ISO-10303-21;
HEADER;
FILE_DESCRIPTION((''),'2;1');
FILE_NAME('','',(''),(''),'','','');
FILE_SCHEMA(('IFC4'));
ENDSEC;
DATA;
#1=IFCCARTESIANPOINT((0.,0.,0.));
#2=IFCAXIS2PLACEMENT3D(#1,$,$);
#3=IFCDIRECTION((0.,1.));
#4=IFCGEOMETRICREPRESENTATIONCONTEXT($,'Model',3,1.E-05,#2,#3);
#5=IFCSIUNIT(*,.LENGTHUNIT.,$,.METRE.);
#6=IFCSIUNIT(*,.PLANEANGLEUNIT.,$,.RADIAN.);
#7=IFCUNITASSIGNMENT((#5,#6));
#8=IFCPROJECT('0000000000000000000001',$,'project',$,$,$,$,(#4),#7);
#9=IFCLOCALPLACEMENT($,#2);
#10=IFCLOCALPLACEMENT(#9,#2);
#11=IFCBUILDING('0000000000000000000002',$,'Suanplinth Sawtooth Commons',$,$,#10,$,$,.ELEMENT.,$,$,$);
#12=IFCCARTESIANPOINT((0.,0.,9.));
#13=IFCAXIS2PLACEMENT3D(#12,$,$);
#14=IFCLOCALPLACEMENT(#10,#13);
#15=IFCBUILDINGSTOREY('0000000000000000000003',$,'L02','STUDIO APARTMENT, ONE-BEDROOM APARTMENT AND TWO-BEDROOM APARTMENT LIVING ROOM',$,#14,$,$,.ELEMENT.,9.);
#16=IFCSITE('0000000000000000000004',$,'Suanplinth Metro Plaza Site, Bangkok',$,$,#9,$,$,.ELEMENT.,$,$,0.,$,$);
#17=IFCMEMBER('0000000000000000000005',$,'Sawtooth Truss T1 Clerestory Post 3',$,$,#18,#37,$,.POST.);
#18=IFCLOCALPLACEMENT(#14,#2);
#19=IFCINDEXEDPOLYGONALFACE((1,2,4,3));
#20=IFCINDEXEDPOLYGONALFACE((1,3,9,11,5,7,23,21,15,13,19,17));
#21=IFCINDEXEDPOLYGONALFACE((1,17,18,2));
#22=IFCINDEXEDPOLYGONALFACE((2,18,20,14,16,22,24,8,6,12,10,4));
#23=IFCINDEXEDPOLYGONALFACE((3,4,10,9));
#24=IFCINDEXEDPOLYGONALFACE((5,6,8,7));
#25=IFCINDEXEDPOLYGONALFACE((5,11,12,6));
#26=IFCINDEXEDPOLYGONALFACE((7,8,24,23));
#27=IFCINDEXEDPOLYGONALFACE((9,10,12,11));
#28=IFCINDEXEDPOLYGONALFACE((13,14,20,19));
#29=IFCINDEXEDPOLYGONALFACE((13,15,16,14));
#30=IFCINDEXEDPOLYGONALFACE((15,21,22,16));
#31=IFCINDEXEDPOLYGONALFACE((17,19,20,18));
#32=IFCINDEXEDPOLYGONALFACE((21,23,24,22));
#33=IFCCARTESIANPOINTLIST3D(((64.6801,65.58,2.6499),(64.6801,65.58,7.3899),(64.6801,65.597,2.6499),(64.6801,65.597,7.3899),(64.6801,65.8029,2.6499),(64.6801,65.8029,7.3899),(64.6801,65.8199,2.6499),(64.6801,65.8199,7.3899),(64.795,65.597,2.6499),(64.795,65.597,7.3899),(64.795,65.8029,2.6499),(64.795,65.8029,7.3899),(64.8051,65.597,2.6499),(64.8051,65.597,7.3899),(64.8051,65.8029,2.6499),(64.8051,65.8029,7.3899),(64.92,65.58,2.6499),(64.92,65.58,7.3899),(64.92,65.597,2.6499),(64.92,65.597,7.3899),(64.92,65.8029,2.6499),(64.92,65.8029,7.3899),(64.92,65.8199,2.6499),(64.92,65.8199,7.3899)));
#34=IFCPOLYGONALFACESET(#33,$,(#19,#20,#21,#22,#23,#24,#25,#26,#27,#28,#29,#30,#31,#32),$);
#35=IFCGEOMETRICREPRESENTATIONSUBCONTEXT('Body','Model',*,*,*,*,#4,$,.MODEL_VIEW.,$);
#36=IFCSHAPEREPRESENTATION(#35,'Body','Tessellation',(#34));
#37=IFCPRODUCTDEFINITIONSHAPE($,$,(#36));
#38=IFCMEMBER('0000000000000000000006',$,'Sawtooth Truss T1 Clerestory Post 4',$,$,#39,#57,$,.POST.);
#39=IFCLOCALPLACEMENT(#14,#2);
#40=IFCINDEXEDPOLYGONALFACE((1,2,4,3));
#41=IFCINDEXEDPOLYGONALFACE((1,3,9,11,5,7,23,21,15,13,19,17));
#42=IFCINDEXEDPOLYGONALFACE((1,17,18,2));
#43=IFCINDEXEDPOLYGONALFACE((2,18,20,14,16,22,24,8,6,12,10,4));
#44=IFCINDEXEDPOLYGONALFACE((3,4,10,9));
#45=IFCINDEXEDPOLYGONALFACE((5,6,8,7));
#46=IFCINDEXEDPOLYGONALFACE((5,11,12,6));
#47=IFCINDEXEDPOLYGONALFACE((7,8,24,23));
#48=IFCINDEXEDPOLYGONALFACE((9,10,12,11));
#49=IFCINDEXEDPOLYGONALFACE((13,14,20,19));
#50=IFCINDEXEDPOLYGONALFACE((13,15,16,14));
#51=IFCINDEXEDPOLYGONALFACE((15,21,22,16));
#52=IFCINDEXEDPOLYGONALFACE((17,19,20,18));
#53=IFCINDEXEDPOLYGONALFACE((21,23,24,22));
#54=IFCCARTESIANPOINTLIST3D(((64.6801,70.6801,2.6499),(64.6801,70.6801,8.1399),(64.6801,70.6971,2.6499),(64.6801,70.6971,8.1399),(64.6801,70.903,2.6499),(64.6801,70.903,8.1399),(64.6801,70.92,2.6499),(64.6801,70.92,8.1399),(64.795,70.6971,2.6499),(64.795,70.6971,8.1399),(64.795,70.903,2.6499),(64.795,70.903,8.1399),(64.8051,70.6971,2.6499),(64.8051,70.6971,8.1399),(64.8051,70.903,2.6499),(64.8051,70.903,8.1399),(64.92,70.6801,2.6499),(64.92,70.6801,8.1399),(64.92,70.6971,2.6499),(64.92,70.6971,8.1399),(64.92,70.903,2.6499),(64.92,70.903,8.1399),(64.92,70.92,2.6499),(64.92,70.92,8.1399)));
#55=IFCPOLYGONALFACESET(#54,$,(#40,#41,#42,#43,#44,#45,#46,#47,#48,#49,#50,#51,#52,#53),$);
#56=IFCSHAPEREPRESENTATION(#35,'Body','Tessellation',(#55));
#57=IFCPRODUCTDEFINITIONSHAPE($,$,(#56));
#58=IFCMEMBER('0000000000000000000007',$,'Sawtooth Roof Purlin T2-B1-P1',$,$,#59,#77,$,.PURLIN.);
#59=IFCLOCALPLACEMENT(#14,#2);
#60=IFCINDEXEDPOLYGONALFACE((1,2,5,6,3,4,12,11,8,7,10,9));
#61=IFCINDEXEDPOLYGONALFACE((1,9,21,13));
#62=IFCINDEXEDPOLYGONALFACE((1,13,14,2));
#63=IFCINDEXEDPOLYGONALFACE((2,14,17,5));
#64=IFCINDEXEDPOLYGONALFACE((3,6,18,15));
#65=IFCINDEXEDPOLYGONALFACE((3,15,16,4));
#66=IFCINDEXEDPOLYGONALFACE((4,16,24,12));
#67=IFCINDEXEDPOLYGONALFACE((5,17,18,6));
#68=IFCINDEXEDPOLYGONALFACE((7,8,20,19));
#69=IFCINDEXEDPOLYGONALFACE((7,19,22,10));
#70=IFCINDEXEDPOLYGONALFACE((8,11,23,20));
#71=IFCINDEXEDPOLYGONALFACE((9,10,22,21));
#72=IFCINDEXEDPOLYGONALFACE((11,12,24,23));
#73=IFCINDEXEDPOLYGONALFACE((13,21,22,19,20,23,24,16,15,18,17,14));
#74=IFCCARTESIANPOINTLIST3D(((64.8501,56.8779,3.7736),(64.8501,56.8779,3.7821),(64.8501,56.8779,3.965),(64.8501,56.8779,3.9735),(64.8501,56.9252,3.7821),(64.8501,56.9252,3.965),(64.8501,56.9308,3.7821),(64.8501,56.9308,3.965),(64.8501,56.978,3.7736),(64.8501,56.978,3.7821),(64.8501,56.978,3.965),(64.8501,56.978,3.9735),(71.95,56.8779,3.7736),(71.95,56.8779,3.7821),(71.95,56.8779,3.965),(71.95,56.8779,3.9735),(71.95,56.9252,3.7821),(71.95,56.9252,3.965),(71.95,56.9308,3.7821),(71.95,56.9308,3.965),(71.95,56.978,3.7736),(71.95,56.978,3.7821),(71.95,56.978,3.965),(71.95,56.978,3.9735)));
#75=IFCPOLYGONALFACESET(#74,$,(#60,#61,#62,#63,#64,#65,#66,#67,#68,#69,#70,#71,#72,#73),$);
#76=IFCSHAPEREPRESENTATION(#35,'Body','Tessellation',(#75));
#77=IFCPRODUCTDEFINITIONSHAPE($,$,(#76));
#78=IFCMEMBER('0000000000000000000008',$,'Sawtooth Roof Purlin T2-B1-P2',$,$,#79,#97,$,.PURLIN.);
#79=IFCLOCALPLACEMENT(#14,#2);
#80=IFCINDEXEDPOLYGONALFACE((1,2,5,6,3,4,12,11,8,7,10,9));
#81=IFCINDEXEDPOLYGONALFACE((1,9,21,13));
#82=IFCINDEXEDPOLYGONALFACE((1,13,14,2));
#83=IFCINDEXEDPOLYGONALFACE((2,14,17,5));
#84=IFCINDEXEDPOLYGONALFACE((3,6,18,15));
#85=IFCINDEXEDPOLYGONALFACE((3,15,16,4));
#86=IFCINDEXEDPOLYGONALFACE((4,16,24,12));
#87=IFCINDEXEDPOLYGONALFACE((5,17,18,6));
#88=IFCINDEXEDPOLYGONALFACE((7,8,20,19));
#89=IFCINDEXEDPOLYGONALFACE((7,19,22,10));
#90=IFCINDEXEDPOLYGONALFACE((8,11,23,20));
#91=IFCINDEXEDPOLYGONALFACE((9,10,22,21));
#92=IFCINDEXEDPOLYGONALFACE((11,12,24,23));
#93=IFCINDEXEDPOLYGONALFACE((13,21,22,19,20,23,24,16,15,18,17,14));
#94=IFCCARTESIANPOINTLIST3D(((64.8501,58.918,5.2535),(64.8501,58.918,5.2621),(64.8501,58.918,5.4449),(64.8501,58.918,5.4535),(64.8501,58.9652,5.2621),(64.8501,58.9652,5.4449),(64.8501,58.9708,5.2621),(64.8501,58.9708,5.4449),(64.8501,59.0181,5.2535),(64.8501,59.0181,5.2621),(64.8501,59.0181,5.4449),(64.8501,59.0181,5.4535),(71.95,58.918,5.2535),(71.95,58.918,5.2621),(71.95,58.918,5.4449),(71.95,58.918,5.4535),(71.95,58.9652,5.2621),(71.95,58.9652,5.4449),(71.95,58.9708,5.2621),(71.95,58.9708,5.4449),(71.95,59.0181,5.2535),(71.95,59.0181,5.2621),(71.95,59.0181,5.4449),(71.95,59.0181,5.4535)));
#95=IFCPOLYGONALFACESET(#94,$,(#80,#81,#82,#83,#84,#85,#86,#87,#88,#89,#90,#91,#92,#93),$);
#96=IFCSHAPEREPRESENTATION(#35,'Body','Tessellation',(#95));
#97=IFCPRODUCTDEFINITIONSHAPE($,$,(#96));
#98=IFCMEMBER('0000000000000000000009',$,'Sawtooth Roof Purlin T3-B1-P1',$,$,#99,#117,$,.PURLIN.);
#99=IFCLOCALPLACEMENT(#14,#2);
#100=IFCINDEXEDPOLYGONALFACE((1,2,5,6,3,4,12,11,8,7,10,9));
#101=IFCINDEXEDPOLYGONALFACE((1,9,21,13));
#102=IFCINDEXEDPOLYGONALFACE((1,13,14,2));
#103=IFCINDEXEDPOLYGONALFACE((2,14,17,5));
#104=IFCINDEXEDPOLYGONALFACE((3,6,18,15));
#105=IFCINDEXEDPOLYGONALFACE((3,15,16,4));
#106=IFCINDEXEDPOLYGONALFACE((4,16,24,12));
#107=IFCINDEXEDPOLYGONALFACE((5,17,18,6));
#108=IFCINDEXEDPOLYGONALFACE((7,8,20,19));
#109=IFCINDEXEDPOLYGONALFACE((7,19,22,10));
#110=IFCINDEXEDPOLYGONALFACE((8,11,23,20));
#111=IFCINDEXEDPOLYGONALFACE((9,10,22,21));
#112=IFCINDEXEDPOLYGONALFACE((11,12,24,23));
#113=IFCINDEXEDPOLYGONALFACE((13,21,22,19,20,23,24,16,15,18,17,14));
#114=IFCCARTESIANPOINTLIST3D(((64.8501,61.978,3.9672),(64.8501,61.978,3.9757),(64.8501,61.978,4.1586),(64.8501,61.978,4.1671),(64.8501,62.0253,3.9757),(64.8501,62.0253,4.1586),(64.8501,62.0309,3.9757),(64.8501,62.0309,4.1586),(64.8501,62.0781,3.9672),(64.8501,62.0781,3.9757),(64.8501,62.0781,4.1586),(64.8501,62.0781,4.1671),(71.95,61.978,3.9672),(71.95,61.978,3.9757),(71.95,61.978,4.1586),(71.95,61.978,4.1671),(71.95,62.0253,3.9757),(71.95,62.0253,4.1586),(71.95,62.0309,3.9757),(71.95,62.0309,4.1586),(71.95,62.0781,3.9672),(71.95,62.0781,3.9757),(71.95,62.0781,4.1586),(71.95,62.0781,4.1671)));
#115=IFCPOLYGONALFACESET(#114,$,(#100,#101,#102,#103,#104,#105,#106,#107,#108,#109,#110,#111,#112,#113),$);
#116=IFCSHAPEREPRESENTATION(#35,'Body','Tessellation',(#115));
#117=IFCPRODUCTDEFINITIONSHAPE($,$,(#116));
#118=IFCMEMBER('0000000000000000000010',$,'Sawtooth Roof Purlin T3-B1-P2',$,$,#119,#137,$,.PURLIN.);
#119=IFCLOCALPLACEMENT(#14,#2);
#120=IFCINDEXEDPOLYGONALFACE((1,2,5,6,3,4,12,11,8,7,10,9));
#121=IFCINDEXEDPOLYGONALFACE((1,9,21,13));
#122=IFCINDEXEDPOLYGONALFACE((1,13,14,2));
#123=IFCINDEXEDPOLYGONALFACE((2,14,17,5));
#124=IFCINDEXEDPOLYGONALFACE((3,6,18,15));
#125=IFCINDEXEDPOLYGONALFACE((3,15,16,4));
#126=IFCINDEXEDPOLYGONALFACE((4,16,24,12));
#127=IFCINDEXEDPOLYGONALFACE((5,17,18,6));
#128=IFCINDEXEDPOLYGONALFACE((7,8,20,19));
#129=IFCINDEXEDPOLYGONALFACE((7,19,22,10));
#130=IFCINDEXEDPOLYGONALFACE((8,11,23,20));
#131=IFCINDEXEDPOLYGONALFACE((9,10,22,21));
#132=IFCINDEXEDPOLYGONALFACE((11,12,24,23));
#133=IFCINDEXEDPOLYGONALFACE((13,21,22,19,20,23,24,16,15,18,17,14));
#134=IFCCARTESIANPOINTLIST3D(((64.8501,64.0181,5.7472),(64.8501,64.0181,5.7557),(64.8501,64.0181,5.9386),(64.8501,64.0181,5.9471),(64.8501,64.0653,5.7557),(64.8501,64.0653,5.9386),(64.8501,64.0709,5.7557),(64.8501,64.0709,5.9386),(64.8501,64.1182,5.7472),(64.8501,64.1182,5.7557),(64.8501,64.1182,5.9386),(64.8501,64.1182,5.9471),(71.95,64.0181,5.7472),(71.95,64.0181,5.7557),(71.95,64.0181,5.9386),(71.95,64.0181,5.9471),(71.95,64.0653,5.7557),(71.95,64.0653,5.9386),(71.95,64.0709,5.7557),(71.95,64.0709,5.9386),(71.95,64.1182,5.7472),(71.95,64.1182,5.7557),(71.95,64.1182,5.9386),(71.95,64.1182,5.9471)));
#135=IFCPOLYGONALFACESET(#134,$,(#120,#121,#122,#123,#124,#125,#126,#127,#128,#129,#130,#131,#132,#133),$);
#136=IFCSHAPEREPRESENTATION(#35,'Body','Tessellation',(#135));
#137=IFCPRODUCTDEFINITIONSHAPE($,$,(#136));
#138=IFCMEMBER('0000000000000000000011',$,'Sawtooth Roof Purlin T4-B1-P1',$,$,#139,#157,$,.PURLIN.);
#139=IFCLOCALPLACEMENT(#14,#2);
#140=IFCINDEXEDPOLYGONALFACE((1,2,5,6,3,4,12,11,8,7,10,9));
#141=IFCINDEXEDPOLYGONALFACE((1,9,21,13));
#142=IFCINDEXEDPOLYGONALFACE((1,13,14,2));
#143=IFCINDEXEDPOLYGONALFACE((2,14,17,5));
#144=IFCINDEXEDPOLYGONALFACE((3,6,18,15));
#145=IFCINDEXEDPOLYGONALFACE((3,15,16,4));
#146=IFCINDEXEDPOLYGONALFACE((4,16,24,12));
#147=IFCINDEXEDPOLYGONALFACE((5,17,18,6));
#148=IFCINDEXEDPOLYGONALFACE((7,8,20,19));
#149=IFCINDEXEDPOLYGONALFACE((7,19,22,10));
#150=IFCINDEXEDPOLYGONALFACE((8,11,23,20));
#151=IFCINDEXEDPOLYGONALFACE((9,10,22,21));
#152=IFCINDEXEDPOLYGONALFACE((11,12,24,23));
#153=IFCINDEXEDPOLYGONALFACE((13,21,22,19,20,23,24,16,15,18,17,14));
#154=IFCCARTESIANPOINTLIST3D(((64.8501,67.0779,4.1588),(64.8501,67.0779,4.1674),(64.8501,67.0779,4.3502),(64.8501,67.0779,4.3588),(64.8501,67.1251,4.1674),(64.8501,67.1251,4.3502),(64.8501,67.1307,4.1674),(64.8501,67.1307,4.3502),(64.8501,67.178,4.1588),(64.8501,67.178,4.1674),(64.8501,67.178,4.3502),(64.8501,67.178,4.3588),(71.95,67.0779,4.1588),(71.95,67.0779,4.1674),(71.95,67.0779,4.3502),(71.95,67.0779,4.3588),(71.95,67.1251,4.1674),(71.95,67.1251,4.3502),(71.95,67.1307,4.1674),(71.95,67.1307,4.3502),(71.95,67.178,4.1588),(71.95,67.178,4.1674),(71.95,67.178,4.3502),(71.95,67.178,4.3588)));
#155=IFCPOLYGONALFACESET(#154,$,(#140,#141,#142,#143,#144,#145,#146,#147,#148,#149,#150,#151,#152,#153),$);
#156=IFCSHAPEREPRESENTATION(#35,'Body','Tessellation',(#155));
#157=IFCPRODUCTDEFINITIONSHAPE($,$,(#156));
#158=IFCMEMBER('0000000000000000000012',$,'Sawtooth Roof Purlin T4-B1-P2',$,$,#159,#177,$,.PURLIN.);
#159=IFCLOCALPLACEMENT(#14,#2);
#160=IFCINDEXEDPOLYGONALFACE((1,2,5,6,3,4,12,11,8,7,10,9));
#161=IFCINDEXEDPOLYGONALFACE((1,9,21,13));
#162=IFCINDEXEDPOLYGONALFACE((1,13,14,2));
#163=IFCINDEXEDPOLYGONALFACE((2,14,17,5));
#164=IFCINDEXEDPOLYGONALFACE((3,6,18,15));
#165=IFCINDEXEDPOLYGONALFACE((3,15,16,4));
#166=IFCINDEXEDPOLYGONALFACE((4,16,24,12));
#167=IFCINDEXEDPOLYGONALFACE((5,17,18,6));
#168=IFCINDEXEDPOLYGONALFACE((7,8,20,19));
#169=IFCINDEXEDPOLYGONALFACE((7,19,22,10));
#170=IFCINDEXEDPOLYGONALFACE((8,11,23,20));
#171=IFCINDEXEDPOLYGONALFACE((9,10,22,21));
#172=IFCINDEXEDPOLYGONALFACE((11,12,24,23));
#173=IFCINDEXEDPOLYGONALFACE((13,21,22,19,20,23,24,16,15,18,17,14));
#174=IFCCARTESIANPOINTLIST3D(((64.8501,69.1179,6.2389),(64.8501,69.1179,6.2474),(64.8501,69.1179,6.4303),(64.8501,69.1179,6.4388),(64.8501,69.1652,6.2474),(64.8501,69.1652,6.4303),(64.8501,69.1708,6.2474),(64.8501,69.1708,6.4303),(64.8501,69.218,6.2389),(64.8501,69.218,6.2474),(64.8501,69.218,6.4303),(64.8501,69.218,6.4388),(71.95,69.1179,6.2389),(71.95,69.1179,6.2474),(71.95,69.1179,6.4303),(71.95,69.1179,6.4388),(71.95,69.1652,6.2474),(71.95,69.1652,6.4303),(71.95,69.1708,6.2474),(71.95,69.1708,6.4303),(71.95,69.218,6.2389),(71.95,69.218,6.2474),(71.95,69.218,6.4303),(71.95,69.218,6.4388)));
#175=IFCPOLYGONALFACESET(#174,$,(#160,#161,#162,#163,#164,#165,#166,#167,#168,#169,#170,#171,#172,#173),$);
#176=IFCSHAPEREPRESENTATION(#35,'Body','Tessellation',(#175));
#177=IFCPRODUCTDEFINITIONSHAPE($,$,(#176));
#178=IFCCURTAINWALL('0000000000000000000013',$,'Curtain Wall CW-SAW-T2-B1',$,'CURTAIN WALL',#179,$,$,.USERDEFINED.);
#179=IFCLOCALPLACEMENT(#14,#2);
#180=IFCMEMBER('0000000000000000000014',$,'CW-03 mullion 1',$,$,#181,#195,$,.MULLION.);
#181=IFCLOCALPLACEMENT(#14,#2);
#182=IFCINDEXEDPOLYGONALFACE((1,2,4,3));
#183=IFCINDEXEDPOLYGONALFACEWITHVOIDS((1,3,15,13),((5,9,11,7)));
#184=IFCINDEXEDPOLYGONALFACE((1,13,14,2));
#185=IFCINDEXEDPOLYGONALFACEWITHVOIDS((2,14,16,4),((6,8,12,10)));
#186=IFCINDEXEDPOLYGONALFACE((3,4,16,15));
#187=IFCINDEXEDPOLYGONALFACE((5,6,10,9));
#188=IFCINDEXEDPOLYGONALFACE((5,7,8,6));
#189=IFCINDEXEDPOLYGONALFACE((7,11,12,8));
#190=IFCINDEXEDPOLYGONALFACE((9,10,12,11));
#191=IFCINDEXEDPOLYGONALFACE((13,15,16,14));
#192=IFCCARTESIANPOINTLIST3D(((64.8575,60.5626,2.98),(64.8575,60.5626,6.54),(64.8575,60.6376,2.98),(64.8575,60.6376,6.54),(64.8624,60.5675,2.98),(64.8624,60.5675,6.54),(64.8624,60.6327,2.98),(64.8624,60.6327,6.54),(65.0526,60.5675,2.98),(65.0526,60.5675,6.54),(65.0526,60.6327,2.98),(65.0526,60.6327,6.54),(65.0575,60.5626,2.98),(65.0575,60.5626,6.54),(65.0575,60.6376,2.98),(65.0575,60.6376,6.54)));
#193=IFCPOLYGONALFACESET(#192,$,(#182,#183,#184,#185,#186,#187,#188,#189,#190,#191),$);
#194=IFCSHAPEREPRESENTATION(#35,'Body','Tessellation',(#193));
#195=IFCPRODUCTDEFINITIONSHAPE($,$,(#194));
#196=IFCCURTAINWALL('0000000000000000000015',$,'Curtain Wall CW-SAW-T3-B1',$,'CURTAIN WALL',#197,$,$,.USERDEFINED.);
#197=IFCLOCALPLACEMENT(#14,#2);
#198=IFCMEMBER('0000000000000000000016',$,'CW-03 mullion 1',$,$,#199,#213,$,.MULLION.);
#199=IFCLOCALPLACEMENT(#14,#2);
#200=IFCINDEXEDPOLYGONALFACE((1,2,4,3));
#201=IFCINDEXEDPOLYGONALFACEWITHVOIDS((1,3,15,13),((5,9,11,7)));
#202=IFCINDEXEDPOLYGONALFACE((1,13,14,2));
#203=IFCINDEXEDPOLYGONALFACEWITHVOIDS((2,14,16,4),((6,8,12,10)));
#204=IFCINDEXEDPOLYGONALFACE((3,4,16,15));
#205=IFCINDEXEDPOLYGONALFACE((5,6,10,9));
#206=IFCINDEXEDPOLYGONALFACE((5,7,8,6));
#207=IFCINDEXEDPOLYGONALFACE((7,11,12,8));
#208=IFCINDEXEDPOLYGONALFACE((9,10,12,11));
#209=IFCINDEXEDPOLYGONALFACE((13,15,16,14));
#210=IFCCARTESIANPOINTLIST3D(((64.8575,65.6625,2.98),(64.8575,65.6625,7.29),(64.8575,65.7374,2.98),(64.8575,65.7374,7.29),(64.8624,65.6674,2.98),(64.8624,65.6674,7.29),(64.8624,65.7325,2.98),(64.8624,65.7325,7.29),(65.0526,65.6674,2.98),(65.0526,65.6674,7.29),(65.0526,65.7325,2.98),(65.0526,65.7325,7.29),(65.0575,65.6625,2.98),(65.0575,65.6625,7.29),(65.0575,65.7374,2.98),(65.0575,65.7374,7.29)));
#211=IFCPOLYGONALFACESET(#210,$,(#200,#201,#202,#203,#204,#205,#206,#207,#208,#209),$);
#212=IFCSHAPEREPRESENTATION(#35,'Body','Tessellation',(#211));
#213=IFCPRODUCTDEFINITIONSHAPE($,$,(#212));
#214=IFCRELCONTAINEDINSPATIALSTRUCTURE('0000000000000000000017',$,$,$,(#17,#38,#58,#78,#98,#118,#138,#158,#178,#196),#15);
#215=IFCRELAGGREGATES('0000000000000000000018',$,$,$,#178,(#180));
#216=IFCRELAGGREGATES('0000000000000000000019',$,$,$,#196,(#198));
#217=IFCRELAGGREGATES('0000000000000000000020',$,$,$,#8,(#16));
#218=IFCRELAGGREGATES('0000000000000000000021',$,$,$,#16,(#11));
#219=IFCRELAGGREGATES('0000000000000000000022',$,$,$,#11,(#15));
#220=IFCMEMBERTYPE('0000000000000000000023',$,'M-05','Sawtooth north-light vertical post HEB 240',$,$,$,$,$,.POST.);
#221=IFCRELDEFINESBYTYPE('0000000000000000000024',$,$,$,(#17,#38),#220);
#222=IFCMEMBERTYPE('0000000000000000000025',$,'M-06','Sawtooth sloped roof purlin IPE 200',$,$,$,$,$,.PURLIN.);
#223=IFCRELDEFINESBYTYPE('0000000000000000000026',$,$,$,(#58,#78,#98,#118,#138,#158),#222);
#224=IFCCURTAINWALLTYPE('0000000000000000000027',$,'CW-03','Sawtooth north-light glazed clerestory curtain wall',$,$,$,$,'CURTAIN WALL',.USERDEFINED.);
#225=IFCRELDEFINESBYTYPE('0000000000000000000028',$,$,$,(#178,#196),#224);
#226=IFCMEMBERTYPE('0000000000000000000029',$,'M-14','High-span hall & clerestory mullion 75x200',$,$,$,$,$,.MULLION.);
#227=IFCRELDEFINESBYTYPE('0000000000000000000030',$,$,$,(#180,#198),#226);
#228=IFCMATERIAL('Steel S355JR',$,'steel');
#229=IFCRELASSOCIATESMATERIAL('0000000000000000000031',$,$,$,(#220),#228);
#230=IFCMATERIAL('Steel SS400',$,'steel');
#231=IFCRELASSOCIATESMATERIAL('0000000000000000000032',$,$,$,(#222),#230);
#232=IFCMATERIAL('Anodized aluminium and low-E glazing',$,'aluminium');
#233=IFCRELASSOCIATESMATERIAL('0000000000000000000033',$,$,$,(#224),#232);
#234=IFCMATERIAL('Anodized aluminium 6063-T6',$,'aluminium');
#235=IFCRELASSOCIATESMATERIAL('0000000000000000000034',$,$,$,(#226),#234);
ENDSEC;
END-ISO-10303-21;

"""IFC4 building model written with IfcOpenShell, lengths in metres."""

from ifc_helpers import new_model, si_unit, direction, frame, origin, origin_2d, place, context, subcontext, project, spatial, hollow_rectangle, i_section, extrude, material, material_profile, profile_set, type_object, element, aggregate, save


model = new_model("IFC4")

# Units and contexts
model_context = context("Model", 3, precision=1e-05, world=origin(), true_north=direction((0.0, 1.0)))
body_context = subcontext(model_context, "Body", "Model", "MODEL_VIEW")
ifc_project = project(units=[si_unit("LENGTHUNIT", "METRE"), si_unit("PLANEANGLEUNIT", "RADIAN")], contexts=[model_context])

# Site, building, storey
site_placement = place(None, origin())
site = spatial("IfcSite", under=ifc_project, at=site_placement, Name="Suanplinth Metro Plaza Site, Bangkok", CompositionType="ELEMENT", RefElevation=0.0)
building_placement = place(site_placement, origin())
building = spatial("IfcBuilding", under=site, at=building_placement, Name="Suanplinth Sawtooth Commons", CompositionType="ELEMENT")
storey_placement = place(building_placement, frame((0.0, 0.0, 9.0)))
storey = spatial("IfcBuildingStorey", under=building, at=storey_placement, Name="L02", Description="STUDIO APARTMENT, ONE-BEDROOM APARTMENT AND TWO-BEDROOM APARTMENT LIVING ROOM", CompositionType="ELEMENT", Elevation=9.0)

# Shared definitions
ifc_material_1 = material(Name="Steel S355JR", Category="steel")

# Members
ifc_material_profile_1 = material_profile(ifc_material_1, i_section(OverallWidth=0.24, OverallDepth=0.24, WebThickness=0.01, FlangeThickness=0.0171, at=origin_2d()), Name="HEB 240")
ifc_profile_set_1 = profile_set([ifc_material_profile_1], Name="Steel S355JR")
member_type_1 = type_object("IfcMemberType", Name="M-05", Description="Sawtooth north-light vertical post HEB 240", PredefinedType="POST", material=ifc_profile_set_1)
member_1_placement = place(storey_placement, frame((64.8, 65.7, 2.6499), z_axis=(0.0, 0.0, 1.0), x_axis=(1.0, 0.0, 0.0)))
element("IfcMember", 1, at=member_1_placement, inside=storey, type_object=member_type_1, Name="Sawtooth Truss T1 Clerestory Post 3", PredefinedType="POST", context=body_context, shape_type="SweptSolid", body=[
    extrude(i_section(OverallWidth=0.24, OverallDepth=0.24, WebThickness=0.01, FlangeThickness=0.0171, at=origin_2d()), origin(), (0.0, 0.0, 1.0), 4.74),
])
member_2_placement = place(storey_placement, frame((64.8, 70.8, 2.6499), z_axis=(0.0, 0.0, 1.0), x_axis=(1.0, 0.0, 0.0)))
element("IfcMember", 2, at=member_2_placement, inside=storey, type_object=member_type_1, Name="Sawtooth Truss T1 Clerestory Post 4", PredefinedType="POST", context=body_context, shape_type="SweptSolid", body=[
    extrude(i_section(OverallWidth=0.24, OverallDepth=0.24, WebThickness=0.01, FlangeThickness=0.0171, at=origin_2d()), origin(), (0.0, 0.0, 1.0), 5.49),
])
ifc_material_2 = material(Name="Steel SS400", Category="steel")
ifc_material_profile_2 = material_profile(ifc_material_2, i_section(OverallWidth=0.1001, OverallDepth=0.2, WebThickness=0.0056, FlangeThickness=0.0085, at=origin_2d()), Name="IPE 200")
ifc_profile_set_2 = profile_set([ifc_material_profile_2], Name="Steel SS400")
member_type_2 = type_object("IfcMemberType", Name="M-06", Description="Sawtooth sloped roof purlin IPE 200", PredefinedType="PURLIN", material=ifc_profile_set_2)
for number, where, z_axis, x_axis, name in (
    (3, (64.8501, 56.928, 3.8735), (1.0, 0.0, 0.0), (0.0, 1.0, 0.0), "Sawtooth Roof Purlin T2-B1-P1"),
    (4, (64.8501, 58.968, 5.3535), (1.0, 0.0, 0.0), (0.0, 1.0, 0.0), "Sawtooth Roof Purlin T2-B1-P2"),
    (5, (64.8501, 62.0281, 4.0671), (1.0, 0.0, 0.0), (0.0, 1.0, 0.0), "Sawtooth Roof Purlin T3-B1-P1"),
    (6, (64.8501, 64.0681, 5.8472), (1.0, 0.0, 0.0), (0.0, 1.0, 0.0), "Sawtooth Roof Purlin T3-B1-P2"),
    (7, (64.8501, 67.1279, 4.2588), (1.0, 0.0, 0.0), (0.0, 1.0, 0.0), "Sawtooth Roof Purlin T4-B1-P1"),
    (8, (64.8501, 69.168, 6.3389), (1.0, 0.0, 0.0), (0.0, 1.0, 0.0), "Sawtooth Roof Purlin T4-B1-P2"),
):
    element("IfcMember", number, at=place(storey_placement, frame(where, z_axis=z_axis, x_axis=x_axis)), inside=storey, type_object=member_type_2, Name=name, PredefinedType="PURLIN", context=body_context, shape_type="SweptSolid", body=[
        extrude(i_section(OverallWidth=0.1001, OverallDepth=0.2, WebThickness=0.0056, FlangeThickness=0.0085, at=origin_2d()), origin(), (0.0, 0.0, 1.0), 7.0999),
    ])

# Curtain walls, members
ifc_material_3 = material(Name="Anodized aluminium and low-E glazing", Category="aluminium")
curtain_wall_type = type_object("IfcCurtainWallType", Name="CW-03", Description="Sawtooth north-light glazed clerestory curtain wall", ElementType="CURTAIN WALL", PredefinedType="USERDEFINED", material=ifc_material_3)
curtain_wall_1_placement = place(storey_placement, origin())
curtain_wall_1 = element("IfcCurtainWall", 9, at=curtain_wall_1_placement, inside=storey, type_object=curtain_wall_type, Name="Curtain Wall CW-SAW-T2-B1", ObjectType="CURTAIN WALL", PredefinedType="USERDEFINED")
ifc_material_4 = material(Name="Anodized aluminium 6063-T6", Category="aluminium")
ifc_material_profile_3 = material_profile(ifc_material_4, hollow_rectangle(XDim=0.075, YDim=0.2, WallThickness=0.0049, at=origin_2d()), Name="ALU-MUL 75x200")
ifc_profile_set_3 = profile_set([ifc_material_profile_3], Name="Anodized aluminium 6063-T6")
member_type_3 = type_object("IfcMemberType", Name="M-14", Description="High-span hall & clerestory mullion 75x200", PredefinedType="MULLION", material=ifc_profile_set_3)
member_3_placement = place(storey_placement, frame((64.9575, 60.6001, 2.98), z_axis=(0.0, 0.0, 1.0), x_axis=(0.0, 1.0, 0.0)))
member_3 = element("IfcMember", 10, at=member_3_placement, type_object=member_type_3, Name="CW-03 mullion 1", PredefinedType="MULLION", context=body_context, shape_type="SweptSolid", body=[
    extrude(hollow_rectangle(XDim=0.075, YDim=0.2, WallThickness=0.0049, at=origin_2d()), origin(), (0.0, 0.0, 1.0), 3.5601),
])
curtain_wall_2_placement = place(storey_placement, origin())
curtain_wall_2 = element("IfcCurtainWall", 11, at=curtain_wall_2_placement, inside=storey, type_object=curtain_wall_type, Name="Curtain Wall CW-SAW-T3-B1", ObjectType="CURTAIN WALL", PredefinedType="USERDEFINED")
member_4_placement = place(storey_placement, frame((64.9575, 65.7, 2.98), z_axis=(0.0, 0.0, 1.0), x_axis=(0.0, 1.0, 0.0)))
member_4 = element("IfcMember", 12, at=member_4_placement, type_object=member_type_3, Name="CW-03 mullion 1", PredefinedType="MULLION", context=body_context, shape_type="SweptSolid", body=[
    extrude(hollow_rectangle(XDim=0.075, YDim=0.2, WallThickness=0.0049, at=origin_2d()), origin(), (0.0, 0.0, 1.0), 4.3101),
])

aggregate(curtain_wall_1, [member_3])
aggregate(curtain_wall_2, [member_4])

save(model, "model.ifc")
